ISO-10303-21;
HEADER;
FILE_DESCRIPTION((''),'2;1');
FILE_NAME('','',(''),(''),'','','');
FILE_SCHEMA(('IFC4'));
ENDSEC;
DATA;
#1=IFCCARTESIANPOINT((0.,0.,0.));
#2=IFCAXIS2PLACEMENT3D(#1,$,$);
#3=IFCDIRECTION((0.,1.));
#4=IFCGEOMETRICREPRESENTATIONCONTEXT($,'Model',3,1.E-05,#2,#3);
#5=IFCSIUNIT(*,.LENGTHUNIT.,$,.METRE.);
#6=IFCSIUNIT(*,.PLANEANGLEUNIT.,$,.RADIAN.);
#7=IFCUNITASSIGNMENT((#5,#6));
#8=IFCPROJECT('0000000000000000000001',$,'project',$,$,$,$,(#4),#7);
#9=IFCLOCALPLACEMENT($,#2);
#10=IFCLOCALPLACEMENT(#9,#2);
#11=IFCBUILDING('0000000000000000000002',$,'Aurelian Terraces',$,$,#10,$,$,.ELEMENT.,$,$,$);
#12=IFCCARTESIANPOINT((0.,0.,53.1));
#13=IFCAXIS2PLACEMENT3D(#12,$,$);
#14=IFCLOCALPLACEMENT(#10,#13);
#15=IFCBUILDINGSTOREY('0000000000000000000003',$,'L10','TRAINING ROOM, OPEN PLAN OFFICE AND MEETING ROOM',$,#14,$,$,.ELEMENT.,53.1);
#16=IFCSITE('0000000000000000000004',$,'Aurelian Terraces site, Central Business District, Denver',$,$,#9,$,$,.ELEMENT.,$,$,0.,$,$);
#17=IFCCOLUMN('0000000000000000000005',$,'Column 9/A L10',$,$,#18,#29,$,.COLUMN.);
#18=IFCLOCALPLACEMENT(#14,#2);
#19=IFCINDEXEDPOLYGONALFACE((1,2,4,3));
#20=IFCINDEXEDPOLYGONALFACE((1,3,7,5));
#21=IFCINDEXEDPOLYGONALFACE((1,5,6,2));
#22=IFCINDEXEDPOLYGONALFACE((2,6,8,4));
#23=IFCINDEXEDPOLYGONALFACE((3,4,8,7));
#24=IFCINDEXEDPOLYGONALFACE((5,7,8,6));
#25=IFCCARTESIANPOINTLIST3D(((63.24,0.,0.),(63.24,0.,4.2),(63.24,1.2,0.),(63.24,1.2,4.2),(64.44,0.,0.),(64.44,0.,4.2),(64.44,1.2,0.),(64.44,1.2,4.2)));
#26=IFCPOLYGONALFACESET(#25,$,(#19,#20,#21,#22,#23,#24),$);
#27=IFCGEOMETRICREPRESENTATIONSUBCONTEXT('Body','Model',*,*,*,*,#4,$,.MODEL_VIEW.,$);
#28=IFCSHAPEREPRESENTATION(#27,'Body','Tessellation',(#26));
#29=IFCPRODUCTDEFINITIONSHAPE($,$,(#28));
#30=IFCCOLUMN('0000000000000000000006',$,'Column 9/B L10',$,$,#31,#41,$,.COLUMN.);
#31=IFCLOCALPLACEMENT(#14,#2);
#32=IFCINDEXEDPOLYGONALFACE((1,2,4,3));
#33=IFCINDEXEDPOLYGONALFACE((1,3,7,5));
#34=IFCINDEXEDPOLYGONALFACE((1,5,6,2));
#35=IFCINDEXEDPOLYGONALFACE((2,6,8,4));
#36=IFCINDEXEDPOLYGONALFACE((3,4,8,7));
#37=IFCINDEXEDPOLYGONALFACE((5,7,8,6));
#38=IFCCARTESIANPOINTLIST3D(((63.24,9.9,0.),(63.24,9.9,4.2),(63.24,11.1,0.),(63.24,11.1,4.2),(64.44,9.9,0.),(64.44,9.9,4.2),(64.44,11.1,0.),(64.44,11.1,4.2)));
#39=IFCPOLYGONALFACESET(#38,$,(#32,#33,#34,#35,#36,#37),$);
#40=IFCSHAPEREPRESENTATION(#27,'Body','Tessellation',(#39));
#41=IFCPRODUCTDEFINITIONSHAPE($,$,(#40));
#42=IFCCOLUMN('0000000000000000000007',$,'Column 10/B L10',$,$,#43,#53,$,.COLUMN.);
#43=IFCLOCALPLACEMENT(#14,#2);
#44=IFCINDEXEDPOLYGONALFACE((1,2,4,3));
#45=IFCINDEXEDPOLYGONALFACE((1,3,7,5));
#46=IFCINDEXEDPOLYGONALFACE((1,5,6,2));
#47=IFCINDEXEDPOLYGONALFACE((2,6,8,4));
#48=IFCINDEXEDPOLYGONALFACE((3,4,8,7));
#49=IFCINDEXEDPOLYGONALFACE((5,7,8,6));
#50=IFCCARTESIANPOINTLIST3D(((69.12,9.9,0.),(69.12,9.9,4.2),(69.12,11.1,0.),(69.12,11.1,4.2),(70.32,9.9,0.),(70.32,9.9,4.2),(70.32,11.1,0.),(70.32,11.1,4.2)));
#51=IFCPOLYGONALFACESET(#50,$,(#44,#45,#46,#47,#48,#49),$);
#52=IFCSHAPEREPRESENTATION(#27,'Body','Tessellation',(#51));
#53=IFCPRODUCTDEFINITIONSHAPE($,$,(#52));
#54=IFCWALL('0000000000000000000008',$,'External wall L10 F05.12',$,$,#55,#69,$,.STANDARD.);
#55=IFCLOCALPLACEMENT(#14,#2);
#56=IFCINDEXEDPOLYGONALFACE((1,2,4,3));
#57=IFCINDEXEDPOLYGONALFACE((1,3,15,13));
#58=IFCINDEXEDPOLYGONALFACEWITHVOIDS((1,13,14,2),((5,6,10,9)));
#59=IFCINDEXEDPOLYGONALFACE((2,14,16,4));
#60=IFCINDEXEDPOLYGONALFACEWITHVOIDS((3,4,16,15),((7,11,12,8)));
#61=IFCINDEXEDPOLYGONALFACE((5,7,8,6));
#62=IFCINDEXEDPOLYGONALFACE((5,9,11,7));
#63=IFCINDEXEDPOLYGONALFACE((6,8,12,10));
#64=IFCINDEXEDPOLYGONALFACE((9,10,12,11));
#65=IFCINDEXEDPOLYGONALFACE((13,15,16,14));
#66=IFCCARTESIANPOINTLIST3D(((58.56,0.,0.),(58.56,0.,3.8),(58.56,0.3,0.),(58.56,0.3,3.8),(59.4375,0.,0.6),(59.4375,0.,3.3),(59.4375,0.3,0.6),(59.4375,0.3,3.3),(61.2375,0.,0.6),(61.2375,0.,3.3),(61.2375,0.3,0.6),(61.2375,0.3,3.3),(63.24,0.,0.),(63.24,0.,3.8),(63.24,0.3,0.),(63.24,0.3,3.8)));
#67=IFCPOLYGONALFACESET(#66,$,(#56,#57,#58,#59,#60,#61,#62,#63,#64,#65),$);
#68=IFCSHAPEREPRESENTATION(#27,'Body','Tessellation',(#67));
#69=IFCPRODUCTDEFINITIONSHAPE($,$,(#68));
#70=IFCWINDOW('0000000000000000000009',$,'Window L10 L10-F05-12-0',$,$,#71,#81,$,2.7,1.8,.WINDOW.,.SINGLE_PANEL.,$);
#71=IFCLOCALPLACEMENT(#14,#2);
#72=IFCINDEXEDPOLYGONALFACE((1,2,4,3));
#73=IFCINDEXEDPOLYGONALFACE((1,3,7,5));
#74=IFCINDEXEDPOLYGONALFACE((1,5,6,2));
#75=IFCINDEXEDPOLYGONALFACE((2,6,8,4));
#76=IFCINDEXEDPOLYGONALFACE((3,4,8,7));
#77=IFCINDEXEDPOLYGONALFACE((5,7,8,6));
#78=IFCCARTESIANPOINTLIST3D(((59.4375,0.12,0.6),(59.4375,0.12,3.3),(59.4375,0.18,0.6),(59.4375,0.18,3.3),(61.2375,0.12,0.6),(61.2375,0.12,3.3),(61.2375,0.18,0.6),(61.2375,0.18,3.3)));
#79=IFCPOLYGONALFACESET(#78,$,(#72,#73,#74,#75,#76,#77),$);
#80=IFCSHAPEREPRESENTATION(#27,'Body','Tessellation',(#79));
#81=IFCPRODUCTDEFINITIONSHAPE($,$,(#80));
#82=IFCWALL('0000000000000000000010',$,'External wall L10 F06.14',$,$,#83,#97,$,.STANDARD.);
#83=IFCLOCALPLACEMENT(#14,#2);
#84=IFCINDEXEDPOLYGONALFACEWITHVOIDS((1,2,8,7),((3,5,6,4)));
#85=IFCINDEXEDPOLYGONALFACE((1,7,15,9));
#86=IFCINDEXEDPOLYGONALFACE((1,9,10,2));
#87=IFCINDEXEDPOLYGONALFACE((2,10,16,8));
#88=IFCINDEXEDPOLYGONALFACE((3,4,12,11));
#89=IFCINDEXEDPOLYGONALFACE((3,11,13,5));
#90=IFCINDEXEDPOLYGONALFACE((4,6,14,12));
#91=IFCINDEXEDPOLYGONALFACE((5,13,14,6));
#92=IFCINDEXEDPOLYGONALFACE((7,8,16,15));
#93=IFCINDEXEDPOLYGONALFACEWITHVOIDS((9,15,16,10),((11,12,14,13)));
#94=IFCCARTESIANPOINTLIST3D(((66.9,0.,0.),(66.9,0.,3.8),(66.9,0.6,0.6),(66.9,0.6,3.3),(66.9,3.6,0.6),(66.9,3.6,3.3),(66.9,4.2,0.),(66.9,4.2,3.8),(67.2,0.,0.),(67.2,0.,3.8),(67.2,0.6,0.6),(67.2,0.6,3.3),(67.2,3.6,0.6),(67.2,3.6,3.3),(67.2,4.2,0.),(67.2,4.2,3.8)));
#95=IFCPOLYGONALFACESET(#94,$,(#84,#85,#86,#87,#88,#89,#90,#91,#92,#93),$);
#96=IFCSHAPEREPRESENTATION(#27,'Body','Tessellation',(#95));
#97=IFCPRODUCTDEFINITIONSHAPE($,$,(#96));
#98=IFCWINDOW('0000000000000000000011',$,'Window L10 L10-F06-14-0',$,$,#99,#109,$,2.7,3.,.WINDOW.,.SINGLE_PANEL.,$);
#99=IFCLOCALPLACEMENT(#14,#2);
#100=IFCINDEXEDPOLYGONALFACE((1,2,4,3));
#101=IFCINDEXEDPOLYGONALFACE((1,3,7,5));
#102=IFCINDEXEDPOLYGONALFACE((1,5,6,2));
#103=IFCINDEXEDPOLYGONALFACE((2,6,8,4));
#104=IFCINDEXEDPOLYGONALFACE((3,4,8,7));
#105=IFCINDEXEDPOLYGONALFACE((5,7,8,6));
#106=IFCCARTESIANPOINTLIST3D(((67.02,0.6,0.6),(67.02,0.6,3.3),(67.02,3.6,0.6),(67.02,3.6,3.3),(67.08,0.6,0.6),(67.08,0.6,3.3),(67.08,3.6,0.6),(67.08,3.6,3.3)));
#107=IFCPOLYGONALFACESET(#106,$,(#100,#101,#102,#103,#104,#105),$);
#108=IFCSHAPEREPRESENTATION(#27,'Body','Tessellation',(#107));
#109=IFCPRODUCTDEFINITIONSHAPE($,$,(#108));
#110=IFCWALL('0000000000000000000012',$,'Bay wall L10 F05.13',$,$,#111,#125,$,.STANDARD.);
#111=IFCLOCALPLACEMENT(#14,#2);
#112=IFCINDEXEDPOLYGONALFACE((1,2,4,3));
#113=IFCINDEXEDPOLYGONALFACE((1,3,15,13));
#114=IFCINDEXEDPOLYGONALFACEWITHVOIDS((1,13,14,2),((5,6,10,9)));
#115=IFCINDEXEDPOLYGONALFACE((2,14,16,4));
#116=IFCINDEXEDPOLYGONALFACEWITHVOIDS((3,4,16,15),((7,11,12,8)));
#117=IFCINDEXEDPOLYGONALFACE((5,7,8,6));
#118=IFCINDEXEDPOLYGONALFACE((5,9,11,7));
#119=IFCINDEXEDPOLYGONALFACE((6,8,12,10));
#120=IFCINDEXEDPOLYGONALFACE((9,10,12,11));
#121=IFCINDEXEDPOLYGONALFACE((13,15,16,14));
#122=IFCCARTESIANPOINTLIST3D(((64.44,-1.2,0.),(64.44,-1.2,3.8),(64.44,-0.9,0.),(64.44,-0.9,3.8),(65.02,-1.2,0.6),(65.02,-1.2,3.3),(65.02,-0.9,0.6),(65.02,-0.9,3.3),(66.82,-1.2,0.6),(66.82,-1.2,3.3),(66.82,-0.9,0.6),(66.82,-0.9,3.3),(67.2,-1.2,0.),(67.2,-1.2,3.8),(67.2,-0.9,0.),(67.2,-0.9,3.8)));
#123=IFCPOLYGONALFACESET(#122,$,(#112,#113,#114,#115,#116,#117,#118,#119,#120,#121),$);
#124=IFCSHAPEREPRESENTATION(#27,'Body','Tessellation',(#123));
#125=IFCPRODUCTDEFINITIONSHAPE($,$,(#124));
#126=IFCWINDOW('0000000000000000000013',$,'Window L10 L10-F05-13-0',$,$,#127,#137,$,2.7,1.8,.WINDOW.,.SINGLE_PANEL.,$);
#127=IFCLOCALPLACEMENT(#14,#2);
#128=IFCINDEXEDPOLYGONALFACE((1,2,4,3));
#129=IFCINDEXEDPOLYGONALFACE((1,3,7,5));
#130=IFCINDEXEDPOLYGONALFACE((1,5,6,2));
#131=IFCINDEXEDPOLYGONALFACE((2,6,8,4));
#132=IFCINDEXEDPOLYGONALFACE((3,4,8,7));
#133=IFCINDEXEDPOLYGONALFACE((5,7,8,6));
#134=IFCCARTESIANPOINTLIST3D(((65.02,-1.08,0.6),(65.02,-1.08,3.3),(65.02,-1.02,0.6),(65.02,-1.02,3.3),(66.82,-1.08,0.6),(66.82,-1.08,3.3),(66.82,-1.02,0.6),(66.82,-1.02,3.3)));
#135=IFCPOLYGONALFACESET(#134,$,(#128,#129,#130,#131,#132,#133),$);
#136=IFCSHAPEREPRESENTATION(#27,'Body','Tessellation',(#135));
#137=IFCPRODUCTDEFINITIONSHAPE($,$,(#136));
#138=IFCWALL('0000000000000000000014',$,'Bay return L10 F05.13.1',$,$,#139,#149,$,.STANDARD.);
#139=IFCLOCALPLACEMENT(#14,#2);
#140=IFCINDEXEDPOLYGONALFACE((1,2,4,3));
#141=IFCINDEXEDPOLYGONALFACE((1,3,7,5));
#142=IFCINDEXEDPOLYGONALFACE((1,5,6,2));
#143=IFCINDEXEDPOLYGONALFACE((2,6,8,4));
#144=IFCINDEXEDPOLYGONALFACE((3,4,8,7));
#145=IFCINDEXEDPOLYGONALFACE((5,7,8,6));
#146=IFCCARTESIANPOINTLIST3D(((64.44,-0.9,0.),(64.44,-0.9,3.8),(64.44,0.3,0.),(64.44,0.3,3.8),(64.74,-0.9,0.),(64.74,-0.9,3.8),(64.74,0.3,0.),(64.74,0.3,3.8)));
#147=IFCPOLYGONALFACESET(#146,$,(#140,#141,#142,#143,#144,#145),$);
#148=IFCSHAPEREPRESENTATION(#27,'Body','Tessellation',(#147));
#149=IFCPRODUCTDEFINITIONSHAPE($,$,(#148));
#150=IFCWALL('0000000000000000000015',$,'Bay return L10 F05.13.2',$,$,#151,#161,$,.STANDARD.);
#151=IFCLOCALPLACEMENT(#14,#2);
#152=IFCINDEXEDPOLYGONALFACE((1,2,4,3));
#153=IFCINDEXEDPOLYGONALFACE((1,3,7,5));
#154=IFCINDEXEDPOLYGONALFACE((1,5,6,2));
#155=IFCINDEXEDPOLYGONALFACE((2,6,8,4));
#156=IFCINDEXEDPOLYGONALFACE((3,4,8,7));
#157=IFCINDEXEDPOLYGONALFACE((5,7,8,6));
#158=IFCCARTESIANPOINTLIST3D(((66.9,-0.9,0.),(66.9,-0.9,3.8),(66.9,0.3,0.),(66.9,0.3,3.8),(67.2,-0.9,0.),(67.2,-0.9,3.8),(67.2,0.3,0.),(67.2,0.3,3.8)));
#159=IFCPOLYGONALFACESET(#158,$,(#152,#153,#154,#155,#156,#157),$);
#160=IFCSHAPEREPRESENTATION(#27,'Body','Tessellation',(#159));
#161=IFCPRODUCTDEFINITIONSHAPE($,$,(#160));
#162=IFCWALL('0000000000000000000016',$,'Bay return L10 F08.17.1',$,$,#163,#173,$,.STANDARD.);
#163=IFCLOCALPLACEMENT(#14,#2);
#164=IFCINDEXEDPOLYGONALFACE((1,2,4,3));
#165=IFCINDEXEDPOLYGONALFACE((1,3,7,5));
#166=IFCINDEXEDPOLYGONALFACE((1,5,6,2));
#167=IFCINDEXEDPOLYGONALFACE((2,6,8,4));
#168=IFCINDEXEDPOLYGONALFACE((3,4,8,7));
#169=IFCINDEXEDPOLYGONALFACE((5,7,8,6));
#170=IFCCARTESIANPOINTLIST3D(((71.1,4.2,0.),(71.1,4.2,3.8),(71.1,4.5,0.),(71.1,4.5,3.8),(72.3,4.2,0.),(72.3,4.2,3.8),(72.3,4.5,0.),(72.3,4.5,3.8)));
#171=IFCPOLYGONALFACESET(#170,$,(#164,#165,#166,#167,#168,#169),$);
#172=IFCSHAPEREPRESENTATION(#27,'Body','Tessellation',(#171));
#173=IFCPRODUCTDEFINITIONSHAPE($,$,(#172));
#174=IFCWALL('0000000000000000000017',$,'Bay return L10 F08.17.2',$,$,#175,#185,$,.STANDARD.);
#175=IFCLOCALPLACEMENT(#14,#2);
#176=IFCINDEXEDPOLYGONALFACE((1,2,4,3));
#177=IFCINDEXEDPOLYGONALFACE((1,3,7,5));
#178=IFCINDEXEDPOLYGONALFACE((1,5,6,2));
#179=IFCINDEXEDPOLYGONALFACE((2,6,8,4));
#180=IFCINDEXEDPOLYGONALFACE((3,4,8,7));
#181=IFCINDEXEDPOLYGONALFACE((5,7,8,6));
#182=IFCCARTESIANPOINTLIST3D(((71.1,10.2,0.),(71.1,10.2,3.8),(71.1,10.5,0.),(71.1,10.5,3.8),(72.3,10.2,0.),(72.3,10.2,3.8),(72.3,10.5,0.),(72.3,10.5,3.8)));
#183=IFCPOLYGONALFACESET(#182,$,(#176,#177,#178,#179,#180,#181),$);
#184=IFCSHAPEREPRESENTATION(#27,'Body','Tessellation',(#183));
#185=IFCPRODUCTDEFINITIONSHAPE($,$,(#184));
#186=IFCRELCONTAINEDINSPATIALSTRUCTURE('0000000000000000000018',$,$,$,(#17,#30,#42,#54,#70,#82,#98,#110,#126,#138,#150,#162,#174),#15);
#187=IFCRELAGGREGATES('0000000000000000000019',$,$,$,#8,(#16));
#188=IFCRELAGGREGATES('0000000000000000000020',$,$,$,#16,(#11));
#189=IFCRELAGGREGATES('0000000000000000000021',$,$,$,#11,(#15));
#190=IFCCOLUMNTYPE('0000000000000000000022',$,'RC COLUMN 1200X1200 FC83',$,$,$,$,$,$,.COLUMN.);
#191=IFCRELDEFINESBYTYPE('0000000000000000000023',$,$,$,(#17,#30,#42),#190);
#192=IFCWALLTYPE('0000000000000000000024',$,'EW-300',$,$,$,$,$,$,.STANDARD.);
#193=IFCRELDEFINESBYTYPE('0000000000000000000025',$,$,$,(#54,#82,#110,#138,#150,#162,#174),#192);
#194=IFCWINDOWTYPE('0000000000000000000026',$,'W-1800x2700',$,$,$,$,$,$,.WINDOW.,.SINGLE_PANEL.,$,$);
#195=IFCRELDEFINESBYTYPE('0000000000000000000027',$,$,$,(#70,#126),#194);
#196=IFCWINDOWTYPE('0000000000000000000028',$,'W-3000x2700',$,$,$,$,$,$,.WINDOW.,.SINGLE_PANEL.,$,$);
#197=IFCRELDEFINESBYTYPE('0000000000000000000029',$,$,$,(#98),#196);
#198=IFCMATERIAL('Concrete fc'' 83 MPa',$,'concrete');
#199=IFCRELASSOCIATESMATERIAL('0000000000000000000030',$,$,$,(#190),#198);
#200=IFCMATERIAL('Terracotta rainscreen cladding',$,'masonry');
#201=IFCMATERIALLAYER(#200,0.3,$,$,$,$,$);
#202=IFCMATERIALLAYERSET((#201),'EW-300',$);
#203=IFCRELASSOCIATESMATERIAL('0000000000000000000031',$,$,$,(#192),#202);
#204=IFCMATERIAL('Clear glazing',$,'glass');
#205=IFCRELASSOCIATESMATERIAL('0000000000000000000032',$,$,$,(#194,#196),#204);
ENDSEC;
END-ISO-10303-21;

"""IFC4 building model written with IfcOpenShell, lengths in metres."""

from ifc_helpers import new_model, si_unit, direction, frame, frame_2d, origin, origin_2d, place, context, subcontext, project, spatial, rectangle, extrude, source, transform, mapped, material, layer, layer_set, material_profile, profile_set, type_object, element, fill, save


model = new_model("IFC4")

# Units and contexts
model_context = context("Model", 3, precision=1e-05, world=origin(), true_north=direction((0.0, 1.0)))
body_context = subcontext(model_context, "Body", "Model", "MODEL_VIEW")
ifc_project = project(units=[si_unit("LENGTHUNIT", "METRE"), si_unit("PLANEANGLEUNIT", "RADIAN")], contexts=[model_context])

# Site, building, storey
site_placement = place(None, origin())
site = spatial("IfcSite", under=ifc_project, at=site_placement, Name="Aurelian Terraces site, Central Business District, Denver", CompositionType="ELEMENT", RefElevation=0.0)
building_placement = place(site_placement, origin())
building = spatial("IfcBuilding", under=site, at=building_placement, Name="Aurelian Terraces", CompositionType="ELEMENT")
storey_placement = place(building_placement, frame((0.0, 0.0, 53.1)))
storey = spatial("IfcBuildingStorey", under=building, at=storey_placement, Name="L10", Description="TRAINING ROOM, OPEN PLAN OFFICE AND MEETING ROOM", CompositionType="ELEMENT", Elevation=53.1)

# Columns
ifc_material_1 = material(Name="Concrete fc' 83 MPa", Category="concrete")
ifc_material_profile = material_profile(ifc_material_1, rectangle(XDim=1.2, YDim=1.2, at=origin_2d()))
ifc_profile_set = profile_set([ifc_material_profile], Name="Concrete fc' 83 MPa")
column_type = type_object("IfcColumnType", Name="RC COLUMN 1200X1200 FC83", PredefinedType="COLUMN", material=ifc_profile_set)
shared_shape_1 = source(origin(), body_context, "Body", "SweptSolid", [
    extrude(rectangle(XDim=1.2, YDim=1.2, at=origin_2d()), origin(), (0.0, 0.0, 1.0), 4.2),
])
for number, where, z_axis, x_axis, name in (
    (1, (63.84, 0.6, 0.0), (0.0, 0.0, 1.0), (1.0, 0.0, 0.0), "Column 9/A L10"),
    (2, (63.84, 10.5, 0.0), (0.0, 0.0, 1.0), (1.0, 0.0, 0.0), "Column 9/B L10"),
    (3, (69.72, 10.5, 0.0), (0.0, 0.0, 1.0), (1.0, 0.0, 0.0), "Column 10/B L10"),
):
    element("IfcColumn", number, at=place(storey_placement, frame(where, z_axis=z_axis, x_axis=x_axis)), inside=storey, type_object=column_type, Name=name, PredefinedType="COLUMN", context=body_context, shape_type="MappedRepresentation", body=[
        mapped(shared_shape_1, transform((0.0, 0.0, 0.0), scale=1.0)),
    ])

# Walls, openings, windows
ifc_material_2 = material(Name="Terracotta rainscreen cladding", Category="masonry")
ifc_layer_1 = layer(ifc_material_2, 0.3)
ifc_layer_set_1 = layer_set([ifc_layer_1], Name="EW-300")
wall_type_1 = type_object("IfcWallType", Name="EW-300", PredefinedType="STANDARD", material=ifc_layer_set_1)
shared_shape_2 = source(origin(), body_context, "Body", "SweptSolid", [
    extrude(rectangle(XDim=4.68, YDim=0.3, at=frame_2d((2.34, 0.0))), origin(), (0.0, 0.0, 1.0), 3.8),
])
wall_1_placement = place(storey_placement, frame((58.56, 0.15, 0.0), z_axis=(0.0, 0.0, 1.0), x_axis=(1.0, 0.0, 0.0)))
wall_1 = element("IfcWall", 4, at=wall_1_placement, inside=storey, type_object=wall_type_1, Name="External wall L10 F05.12", PredefinedType="STANDARD", context=body_context, shape_type="MappedRepresentation", body=[
    mapped(shared_shape_2, transform((0.0, 0.0, 0.0), scale=1.0)),
])
shared_shape_3 = source(origin(), body_context, "Body", "SweptSolid", [
    extrude(rectangle(XDim=1.8, YDim=2.7, at=frame_2d((0.9, 1.35))), frame((0.0, 0.16, 0.0), z_axis=(0.0, -1.0, 0.0), x_axis=(1.0, 0.0, 0.0)), (0.0, 0.0, 1.0), 0.32),
])
opening_1_placement = place(wall_1_placement, frame((0.8775, 0.0, 0.6)))
opening_1 = element("IfcOpeningElement", 5, at=opening_1_placement, cuts=wall_1, PredefinedType="OPENING", context=body_context, shape_type="MappedRepresentation", body=[
    mapped(shared_shape_3, transform((0.0, 0.0, 0.0), scale=1.0)),
])
ifc_material_3 = material(Name="Clear glazing", Category="glass")
window_type_1 = type_object("IfcWindowType", Name="W-1800x2700", PartitioningType="SINGLE_PANEL", PredefinedType="WINDOW", material=ifc_material_3)
shared_shape_4 = source(origin(), body_context, "Body", "SweptSolid", [
    extrude(rectangle(XDim=1.8, YDim=2.7, at=frame_2d((0.9, 1.35))), frame((0.0, 0.03, 0.0), z_axis=(0.0, -1.0, 0.0), x_axis=(1.0, 0.0, 0.0)), (0.0, 0.0, 1.0), 0.06),
])
window_1_placement = place(opening_1_placement, origin())
window_1 = element("IfcWindow", 6, at=window_1_placement, inside=storey, type_object=window_type_1, Name="Window L10 L10-F05-12-0", OverallHeight=2.7, OverallWidth=1.8, PartitioningType="SINGLE_PANEL", PredefinedType="WINDOW", context=body_context, shape_type="MappedRepresentation", body=[
    mapped(shared_shape_4, transform((0.0, 0.0, 0.0), scale=1.0)),
])
fill(opening_1, window_1)
shared_shape_5 = source(origin(), body_context, "Body", "SweptSolid", [
    extrude(rectangle(XDim=4.2, YDim=0.3, at=frame_2d((2.1, 0.0))), origin(), (0.0, 0.0, 1.0), 3.8),
])
wall_2_placement = place(storey_placement, frame((67.05, 0.0, 0.0), z_axis=(0.0, 0.0, 1.0), x_axis=(0.0, 1.0, 0.0)))
wall_2 = element("IfcWall", 7, at=wall_2_placement, inside=storey, type_object=wall_type_1, Name="External wall L10 F06.14", PredefinedType="STANDARD", context=body_context, shape_type="MappedRepresentation", body=[
    mapped(shared_shape_5, transform((0.0, 0.0, 0.0), scale=1.0)),
])
shared_shape_6 = source(origin(), body_context, "Body", "SweptSolid", [
    extrude(rectangle(XDim=3.0, YDim=2.7, at=frame_2d((1.5, 1.35))), frame((0.0, 0.16, 0.0), z_axis=(0.0, -1.0, 0.0), x_axis=(1.0, 0.0, 0.0)), (0.0, 0.0, 1.0), 0.32),
])
opening_2_placement = place(wall_2_placement, frame((0.6, 0.0, 0.6)))
opening_2 = element("IfcOpeningElement", 8, at=opening_2_placement, cuts=wall_2, PredefinedType="OPENING", context=body_context, shape_type="MappedRepresentation", body=[
    mapped(shared_shape_6, transform((0.0, 0.0, 0.0), scale=1.0)),
])
window_type_2 = type_object("IfcWindowType", Name="W-3000x2700", PartitioningType="SINGLE_PANEL", PredefinedType="WINDOW", material=ifc_material_3)
shared_shape_7 = source(origin(), body_context, "Body", "SweptSolid", [
    extrude(rectangle(XDim=3.0, YDim=2.7, at=frame_2d((1.5, 1.35))), frame((0.0, 0.03, 0.0), z_axis=(0.0, -1.0, 0.0), x_axis=(1.0, 0.0, 0.0)), (0.0, 0.0, 1.0), 0.06),
])
window_2_placement = place(opening_2_placement, origin())
window_2 = element("IfcWindow", 9, at=window_2_placement, inside=storey, type_object=window_type_2, Name="Window L10 L10-F06-14-0", OverallHeight=2.7, OverallWidth=3.0, PartitioningType="SINGLE_PANEL", PredefinedType="WINDOW", context=body_context, shape_type="MappedRepresentation", body=[
    mapped(shared_shape_7, transform((0.0, 0.0, 0.0), scale=1.0)),
])
fill(opening_2, window_2)
shared_shape_8 = source(origin(), body_context, "Body", "SweptSolid", [
    extrude(rectangle(XDim=2.76, YDim=0.3, at=frame_2d((1.38, 0.0))), origin(), (0.0, 0.0, 1.0), 3.8),
])
wall_3_placement = place(storey_placement, frame((64.44, -1.05, 0.0), z_axis=(0.0, 0.0, 1.0), x_axis=(1.0, 0.0, 0.0)))
wall_3 = element("IfcWall", 10, at=wall_3_placement, inside=storey, type_object=wall_type_1, Name="Bay wall L10 F05.13", PredefinedType="STANDARD", context=body_context, shape_type="MappedRepresentation", body=[
    mapped(shared_shape_8, transform((0.0, 0.0, 0.0), scale=1.0)),
])
opening_3_placement = place(wall_3_placement, frame((0.58, 0.0, 0.6)))
opening_3 = element("IfcOpeningElement", 11, at=opening_3_placement, cuts=wall_3, PredefinedType="OPENING", context=body_context, shape_type="MappedRepresentation", body=[
    mapped(shared_shape_3, transform((0.0, 0.0, 0.0), scale=1.0)),
])
window_3_placement = place(opening_3_placement, origin())
window_3 = element("IfcWindow", 12, at=window_3_placement, inside=storey, type_object=window_type_1, Name="Window L10 L10-F05-13-0", OverallHeight=2.7, OverallWidth=1.8, PartitioningType="SINGLE_PANEL", PredefinedType="WINDOW", context=body_context, shape_type="MappedRepresentation", body=[
    mapped(shared_shape_4, transform((0.0, 0.0, 0.0), scale=1.0)),
])
fill(opening_3, window_3)

# Walls
shared_shape_9 = source(origin(), body_context, "Body", "SweptSolid", [
    extrude(rectangle(XDim=1.2, YDim=0.3, at=frame_2d((0.6, 0.0))), origin(), (0.0, 0.0, 1.0), 3.8),
])
for number, where, z_axis, x_axis, name in (
    (13, (64.59, 0.3, 0.0), (0.0, 0.0, 1.0), (0.0, -1.0, 0.0), "Bay return L10 F05.13.1"),
    (14, (67.05, 0.3, 0.0), (0.0, 0.0, 1.0), (0.0, -1.0, 0.0), "Bay return L10 F05.13.2"),
    (15, (71.1, 4.35, 0.0), (0.0, 0.0, 1.0), (1.0, 0.0, 0.0), "Bay return L10 F08.17.1"),
    (16, (71.1, 10.35, 0.0), (0.0, 0.0, 1.0), (1.0, 0.0, 0.0), "Bay return L10 F08.17.2"),
):
    element("IfcWall", number, at=place(storey_placement, frame(where, z_axis=z_axis, x_axis=x_axis)), inside=storey, type_object=wall_type_1, Name=name, PredefinedType="STANDARD", context=body_context, shape_type="MappedRepresentation", body=[
        mapped(shared_shape_9, transform((0.0, 0.0, 0.0), scale=1.0)),
    ])

save(model, "model.ifc")
